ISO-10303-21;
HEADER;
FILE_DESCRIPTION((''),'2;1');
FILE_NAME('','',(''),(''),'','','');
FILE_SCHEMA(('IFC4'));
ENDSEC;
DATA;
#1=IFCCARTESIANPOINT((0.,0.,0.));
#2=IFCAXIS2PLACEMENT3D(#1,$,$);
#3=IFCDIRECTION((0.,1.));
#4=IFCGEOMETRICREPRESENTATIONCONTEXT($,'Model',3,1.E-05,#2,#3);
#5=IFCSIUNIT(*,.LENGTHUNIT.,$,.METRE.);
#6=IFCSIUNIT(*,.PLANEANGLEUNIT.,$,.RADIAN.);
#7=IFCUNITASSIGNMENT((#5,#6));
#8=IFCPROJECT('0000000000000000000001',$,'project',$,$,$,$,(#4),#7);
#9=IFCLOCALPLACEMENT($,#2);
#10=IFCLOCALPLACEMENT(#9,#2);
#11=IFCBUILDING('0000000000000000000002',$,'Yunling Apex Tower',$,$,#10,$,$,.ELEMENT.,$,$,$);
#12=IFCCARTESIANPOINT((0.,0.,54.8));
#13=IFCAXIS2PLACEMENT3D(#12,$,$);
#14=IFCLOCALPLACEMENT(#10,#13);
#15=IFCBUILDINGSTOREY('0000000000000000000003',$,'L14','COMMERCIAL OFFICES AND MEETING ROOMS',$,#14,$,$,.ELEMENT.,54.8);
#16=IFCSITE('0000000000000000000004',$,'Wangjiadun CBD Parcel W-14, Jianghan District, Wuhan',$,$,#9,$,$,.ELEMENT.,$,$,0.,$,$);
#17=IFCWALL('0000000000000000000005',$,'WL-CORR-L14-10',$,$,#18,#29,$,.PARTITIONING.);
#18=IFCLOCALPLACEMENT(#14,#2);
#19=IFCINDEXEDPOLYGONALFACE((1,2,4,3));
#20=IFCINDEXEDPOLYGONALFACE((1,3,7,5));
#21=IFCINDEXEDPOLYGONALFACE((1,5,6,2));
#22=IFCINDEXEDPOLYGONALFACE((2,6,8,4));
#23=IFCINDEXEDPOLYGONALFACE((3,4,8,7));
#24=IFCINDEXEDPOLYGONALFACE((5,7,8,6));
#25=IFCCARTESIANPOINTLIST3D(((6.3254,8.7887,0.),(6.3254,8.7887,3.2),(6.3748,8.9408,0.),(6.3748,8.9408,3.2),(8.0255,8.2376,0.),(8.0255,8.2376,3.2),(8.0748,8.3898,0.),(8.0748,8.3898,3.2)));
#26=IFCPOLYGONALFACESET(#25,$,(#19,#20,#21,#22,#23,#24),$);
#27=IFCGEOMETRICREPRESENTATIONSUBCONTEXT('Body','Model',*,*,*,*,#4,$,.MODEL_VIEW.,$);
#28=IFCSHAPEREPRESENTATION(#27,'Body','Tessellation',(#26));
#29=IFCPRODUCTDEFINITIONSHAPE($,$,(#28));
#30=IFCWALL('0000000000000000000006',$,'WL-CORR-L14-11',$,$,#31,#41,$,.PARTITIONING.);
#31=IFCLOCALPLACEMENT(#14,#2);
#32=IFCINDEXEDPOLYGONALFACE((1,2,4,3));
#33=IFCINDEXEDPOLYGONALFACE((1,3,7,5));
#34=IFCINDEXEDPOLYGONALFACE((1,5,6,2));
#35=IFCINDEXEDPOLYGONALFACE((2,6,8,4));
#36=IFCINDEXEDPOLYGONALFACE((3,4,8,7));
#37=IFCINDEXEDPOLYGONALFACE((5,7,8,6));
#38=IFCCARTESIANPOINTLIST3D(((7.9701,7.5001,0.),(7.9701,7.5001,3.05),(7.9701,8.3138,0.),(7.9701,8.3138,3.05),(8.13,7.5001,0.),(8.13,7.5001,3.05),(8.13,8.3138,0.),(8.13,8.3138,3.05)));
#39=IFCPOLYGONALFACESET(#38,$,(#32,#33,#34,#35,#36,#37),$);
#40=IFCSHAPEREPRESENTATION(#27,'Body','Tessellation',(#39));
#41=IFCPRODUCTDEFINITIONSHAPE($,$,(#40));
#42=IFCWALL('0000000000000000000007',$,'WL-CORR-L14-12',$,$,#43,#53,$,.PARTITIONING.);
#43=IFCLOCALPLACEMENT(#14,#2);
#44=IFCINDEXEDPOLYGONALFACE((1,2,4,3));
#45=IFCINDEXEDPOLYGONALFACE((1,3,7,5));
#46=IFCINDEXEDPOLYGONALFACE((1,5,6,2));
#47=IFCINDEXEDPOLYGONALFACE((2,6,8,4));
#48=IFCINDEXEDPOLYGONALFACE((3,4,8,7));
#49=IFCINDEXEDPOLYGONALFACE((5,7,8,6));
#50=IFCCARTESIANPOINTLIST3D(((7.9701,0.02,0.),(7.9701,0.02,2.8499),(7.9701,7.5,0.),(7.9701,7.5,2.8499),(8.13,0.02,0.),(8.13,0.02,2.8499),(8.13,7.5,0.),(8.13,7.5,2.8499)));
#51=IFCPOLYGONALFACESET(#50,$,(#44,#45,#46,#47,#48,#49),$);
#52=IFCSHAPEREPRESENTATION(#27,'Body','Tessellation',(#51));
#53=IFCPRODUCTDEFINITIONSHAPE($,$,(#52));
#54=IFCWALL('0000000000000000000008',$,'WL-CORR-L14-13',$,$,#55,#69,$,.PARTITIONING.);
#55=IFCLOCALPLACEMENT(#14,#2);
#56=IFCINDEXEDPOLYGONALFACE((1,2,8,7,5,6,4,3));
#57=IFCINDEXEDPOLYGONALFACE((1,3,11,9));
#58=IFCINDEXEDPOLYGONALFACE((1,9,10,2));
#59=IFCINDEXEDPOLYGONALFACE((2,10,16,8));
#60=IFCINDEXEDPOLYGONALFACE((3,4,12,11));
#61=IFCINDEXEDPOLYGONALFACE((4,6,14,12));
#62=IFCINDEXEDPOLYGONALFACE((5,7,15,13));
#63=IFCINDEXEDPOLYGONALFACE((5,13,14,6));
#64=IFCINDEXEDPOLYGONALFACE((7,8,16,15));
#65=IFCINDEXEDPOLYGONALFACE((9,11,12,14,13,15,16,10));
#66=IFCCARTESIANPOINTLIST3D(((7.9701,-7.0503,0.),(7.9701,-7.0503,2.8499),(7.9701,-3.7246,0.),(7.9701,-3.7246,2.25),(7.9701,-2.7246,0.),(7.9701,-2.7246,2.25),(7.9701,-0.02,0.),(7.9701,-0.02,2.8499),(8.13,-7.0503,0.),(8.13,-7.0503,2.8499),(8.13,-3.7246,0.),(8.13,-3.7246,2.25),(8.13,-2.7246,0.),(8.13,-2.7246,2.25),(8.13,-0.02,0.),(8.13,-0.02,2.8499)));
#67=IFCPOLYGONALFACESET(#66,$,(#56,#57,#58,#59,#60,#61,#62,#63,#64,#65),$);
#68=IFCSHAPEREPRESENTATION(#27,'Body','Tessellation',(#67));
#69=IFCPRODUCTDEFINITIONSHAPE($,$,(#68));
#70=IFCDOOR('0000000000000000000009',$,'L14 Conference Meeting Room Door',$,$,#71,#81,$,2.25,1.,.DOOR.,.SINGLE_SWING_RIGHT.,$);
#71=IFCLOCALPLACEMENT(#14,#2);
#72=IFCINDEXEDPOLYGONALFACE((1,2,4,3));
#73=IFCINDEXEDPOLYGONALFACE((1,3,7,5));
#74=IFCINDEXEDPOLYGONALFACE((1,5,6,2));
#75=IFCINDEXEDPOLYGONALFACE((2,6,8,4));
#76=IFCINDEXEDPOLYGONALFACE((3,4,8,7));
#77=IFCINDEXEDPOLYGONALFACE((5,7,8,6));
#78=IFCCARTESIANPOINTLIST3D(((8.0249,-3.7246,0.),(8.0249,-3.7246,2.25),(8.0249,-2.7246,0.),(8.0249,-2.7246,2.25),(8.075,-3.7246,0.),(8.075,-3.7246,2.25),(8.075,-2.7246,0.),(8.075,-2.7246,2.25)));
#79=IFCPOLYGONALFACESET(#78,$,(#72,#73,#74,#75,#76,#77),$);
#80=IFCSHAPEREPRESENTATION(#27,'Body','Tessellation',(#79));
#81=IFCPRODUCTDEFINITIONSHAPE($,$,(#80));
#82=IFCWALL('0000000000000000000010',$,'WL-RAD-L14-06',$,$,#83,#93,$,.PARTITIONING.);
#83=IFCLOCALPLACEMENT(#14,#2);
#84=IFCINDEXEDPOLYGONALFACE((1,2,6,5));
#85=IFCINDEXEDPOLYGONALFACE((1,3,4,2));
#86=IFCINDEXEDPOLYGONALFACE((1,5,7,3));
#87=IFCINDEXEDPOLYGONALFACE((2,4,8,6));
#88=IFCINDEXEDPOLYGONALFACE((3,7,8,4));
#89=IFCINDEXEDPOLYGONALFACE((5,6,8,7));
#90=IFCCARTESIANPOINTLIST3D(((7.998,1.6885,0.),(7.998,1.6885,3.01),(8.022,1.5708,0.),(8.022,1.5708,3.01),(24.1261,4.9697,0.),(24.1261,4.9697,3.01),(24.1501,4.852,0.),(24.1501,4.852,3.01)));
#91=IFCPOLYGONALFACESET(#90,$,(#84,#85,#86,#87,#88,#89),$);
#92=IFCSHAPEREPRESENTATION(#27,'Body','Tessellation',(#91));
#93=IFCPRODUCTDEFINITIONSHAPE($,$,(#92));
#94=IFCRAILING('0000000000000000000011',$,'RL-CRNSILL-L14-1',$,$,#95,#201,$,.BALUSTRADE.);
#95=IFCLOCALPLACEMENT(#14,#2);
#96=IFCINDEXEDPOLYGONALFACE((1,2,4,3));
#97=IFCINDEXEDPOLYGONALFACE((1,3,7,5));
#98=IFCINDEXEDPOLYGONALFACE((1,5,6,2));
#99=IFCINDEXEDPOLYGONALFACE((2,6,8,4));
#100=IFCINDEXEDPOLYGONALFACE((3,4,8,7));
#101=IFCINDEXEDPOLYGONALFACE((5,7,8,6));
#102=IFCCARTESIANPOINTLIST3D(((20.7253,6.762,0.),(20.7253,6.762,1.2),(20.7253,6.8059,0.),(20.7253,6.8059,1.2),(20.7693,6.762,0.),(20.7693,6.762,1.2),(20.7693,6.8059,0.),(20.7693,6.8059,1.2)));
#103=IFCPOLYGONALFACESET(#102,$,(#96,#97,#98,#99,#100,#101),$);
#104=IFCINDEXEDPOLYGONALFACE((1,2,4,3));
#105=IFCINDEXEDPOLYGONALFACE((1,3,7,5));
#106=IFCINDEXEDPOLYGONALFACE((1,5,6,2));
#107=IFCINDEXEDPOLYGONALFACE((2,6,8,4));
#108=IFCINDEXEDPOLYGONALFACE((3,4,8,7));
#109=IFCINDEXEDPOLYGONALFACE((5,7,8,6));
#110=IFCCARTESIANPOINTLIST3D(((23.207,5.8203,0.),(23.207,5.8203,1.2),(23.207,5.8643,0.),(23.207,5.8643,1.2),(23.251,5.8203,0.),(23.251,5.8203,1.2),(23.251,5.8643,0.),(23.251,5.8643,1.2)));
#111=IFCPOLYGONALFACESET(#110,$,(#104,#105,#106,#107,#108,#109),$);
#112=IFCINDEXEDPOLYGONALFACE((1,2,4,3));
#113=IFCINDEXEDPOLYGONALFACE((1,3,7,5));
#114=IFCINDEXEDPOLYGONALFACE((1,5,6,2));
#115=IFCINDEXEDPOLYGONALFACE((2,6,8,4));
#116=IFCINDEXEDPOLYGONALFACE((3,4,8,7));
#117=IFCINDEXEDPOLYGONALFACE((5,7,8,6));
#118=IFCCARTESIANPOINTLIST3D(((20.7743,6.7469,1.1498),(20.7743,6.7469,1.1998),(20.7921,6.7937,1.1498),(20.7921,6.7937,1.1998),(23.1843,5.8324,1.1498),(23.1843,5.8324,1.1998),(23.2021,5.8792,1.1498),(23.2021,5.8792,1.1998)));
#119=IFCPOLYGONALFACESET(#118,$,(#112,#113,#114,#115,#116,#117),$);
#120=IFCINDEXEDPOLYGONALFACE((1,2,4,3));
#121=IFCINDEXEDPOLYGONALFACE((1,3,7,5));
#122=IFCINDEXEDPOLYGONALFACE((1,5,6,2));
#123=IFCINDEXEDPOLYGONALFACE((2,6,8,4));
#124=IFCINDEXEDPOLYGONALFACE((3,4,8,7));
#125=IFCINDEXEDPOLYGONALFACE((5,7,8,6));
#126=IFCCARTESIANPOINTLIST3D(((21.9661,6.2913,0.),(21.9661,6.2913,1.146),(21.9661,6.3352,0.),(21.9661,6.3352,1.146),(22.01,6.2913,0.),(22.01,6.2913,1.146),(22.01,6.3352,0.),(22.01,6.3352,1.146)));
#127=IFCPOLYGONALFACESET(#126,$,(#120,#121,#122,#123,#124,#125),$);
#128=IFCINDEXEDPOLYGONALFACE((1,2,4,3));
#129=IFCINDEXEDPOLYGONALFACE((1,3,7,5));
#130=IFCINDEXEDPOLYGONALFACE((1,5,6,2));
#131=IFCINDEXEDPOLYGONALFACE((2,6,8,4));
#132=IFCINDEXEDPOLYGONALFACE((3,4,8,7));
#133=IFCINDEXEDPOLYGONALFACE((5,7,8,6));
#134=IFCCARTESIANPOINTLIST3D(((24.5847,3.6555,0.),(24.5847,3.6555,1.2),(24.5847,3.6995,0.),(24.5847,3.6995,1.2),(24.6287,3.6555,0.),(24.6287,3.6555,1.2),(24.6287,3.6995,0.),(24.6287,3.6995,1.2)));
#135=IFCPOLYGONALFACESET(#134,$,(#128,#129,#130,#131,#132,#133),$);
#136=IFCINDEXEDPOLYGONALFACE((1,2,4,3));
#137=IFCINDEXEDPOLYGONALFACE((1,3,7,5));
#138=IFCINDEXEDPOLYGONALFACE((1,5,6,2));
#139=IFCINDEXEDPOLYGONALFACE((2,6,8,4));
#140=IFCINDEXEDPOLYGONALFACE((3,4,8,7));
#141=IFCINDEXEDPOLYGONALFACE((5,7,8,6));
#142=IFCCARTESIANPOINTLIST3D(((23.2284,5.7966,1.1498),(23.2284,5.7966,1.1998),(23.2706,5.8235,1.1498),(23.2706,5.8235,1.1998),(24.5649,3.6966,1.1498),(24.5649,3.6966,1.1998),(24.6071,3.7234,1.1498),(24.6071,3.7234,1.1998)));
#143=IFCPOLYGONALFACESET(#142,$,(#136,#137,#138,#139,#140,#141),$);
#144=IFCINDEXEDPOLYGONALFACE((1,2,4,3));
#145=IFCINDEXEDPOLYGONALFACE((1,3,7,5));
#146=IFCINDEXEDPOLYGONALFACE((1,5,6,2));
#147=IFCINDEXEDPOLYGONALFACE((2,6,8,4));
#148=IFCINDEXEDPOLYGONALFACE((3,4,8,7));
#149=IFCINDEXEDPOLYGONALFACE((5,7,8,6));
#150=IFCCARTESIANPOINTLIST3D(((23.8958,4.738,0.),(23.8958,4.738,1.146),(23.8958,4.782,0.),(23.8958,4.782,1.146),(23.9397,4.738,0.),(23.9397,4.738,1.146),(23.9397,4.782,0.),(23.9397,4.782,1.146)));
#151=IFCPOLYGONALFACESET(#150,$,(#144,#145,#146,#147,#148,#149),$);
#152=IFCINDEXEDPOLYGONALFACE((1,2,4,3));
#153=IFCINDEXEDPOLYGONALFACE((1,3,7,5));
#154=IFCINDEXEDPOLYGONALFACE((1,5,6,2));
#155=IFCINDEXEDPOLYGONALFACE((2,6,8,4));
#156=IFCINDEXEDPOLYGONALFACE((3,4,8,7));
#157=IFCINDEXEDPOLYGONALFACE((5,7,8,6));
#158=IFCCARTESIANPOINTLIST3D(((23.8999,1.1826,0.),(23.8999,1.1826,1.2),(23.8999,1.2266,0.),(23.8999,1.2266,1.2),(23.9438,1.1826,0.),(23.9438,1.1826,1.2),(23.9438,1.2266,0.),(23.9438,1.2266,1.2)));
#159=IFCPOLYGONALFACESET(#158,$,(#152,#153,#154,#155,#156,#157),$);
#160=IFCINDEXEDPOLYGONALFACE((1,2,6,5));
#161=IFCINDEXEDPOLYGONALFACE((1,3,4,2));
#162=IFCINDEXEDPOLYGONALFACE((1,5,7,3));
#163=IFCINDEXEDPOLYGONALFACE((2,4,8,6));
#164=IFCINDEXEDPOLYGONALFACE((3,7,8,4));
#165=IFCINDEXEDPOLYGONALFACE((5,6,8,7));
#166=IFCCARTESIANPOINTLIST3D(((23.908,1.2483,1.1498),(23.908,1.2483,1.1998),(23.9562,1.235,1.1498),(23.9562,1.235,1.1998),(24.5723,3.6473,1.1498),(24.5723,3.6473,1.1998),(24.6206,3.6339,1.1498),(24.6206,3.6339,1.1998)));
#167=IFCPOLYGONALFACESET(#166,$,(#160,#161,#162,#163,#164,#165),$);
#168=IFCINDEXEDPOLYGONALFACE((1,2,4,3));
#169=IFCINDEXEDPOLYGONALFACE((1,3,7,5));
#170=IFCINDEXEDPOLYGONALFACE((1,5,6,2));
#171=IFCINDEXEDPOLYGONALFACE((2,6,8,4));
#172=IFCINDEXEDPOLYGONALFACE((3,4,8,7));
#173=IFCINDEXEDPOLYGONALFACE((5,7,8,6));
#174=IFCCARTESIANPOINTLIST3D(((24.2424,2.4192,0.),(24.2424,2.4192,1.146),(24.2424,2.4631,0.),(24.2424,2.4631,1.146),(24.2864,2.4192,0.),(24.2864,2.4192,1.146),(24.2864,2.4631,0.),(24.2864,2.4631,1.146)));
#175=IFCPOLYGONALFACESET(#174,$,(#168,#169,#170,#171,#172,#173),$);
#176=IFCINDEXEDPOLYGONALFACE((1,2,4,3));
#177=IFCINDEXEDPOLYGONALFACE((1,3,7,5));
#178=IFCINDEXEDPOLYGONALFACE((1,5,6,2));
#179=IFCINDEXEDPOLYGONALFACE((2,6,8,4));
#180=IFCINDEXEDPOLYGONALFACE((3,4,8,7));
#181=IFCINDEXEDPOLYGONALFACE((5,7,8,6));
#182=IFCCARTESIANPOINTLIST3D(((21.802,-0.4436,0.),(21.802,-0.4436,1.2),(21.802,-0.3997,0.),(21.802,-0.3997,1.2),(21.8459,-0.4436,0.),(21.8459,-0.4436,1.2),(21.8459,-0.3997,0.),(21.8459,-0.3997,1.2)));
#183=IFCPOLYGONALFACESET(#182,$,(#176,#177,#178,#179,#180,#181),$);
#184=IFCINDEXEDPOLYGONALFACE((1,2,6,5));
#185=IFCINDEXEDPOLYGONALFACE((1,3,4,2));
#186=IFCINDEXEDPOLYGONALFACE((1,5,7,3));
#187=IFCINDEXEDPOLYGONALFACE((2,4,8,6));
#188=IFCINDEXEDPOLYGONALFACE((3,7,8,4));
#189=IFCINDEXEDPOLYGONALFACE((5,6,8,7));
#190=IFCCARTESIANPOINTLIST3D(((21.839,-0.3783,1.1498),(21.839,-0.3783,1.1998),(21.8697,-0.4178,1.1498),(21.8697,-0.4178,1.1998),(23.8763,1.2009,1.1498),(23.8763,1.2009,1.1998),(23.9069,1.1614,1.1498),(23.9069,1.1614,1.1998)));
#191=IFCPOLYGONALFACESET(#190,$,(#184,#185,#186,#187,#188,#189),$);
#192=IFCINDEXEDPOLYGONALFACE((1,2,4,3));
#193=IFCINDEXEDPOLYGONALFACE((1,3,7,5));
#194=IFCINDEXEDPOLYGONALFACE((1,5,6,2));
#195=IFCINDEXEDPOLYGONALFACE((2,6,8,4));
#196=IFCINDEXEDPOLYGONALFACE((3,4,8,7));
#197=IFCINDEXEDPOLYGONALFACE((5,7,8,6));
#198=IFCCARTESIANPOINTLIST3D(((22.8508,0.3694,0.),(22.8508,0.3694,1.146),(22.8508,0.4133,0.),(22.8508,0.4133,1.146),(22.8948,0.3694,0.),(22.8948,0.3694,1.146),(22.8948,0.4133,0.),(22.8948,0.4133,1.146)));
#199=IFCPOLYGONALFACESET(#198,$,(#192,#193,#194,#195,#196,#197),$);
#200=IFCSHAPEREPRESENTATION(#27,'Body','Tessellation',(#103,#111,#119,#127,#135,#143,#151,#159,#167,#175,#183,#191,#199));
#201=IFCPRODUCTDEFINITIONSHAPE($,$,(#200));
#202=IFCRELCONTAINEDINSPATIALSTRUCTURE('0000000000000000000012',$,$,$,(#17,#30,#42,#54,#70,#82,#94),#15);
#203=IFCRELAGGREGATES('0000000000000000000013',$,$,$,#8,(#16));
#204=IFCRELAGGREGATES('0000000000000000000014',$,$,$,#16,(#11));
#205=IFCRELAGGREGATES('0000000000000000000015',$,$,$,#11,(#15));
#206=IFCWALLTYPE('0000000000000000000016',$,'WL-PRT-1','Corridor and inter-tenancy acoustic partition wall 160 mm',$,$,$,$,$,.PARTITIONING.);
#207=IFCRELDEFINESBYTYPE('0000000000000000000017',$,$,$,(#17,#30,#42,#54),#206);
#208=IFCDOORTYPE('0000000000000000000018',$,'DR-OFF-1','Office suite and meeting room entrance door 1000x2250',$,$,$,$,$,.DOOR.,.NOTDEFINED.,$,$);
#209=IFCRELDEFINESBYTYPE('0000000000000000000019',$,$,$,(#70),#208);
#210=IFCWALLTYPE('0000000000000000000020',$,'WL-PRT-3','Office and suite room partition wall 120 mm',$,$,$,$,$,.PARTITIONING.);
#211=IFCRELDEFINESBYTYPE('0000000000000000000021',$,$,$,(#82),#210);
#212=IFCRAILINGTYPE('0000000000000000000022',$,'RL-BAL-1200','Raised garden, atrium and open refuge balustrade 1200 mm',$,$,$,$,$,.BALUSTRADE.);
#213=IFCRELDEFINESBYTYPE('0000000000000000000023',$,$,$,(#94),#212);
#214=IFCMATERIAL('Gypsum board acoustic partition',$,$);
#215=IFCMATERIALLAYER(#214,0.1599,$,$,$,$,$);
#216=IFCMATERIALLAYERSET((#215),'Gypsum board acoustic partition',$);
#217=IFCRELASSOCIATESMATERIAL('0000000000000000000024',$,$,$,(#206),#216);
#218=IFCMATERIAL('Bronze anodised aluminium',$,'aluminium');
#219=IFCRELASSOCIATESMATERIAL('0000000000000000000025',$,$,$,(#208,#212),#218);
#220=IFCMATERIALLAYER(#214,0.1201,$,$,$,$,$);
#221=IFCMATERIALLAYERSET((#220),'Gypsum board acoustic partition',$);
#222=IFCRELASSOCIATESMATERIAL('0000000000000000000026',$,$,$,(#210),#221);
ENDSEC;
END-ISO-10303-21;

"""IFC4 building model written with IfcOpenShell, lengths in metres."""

from ifc_helpers import new_model, si_unit, direction, frame, frame_2d, origin, origin_2d, place, context, subcontext, project, spatial, rectangle, extrude, material, layer, layer_set, type_object, element, fill, save


model = new_model("IFC4")

# Units and contexts
model_context = context("Model", 3, precision=1e-05, world=origin(), true_north=direction((0.0, 1.0)))
body_context = subcontext(model_context, "Body", "Model", "MODEL_VIEW")
ifc_project = project(units=[si_unit("LENGTHUNIT", "METRE"), si_unit("PLANEANGLEUNIT", "RADIAN")], contexts=[model_context])

# Site, building, storey
site_placement = place(None, origin())
site = spatial("IfcSite", under=ifc_project, at=site_placement, Name="Wangjiadun CBD Parcel W-14, Jianghan District, Wuhan", CompositionType="ELEMENT", RefElevation=0.0)
building_placement = place(site_placement, origin())
building = spatial("IfcBuilding", under=site, at=building_placement, Name="Yunling Apex Tower", CompositionType="ELEMENT")
storey_placement = place(building_placement, frame((0.0, 0.0, 54.8)))
storey = spatial("IfcBuildingStorey", under=building, at=storey_placement, Name="L14", Description="COMMERCIAL OFFICES AND MEETING ROOMS", CompositionType="ELEMENT", Elevation=54.8)

# Shared definitions
ifc_material_1 = material(Name="Bronze anodised aluminium", Category="aluminium")

# Walls
ifc_material_2 = material(Name="Gypsum board acoustic partition")
ifc_layer_1 = layer(ifc_material_2, 0.1599)
ifc_layer_set_1 = layer_set([ifc_layer_1], Name="Gypsum board acoustic partition")
wall_type_1 = type_object("IfcWallType", Name="WL-PRT-1", Description="Corridor and inter-tenancy acoustic partition wall 160 mm", PredefinedType="PARTITIONING", material=ifc_layer_set_1)
wall_1_placement = place(storey_placement, frame((6.3501, 8.8647, 0.0), z_axis=(0.0, 0.0, 1.0), x_axis=(0.951274, -0.308348, 0.0)))
element("IfcWall", 1, at=wall_1_placement, inside=storey, type_object=wall_type_1, Name="WL-CORR-L14-10", PredefinedType="PARTITIONING", context=body_context, shape_type="SweptSolid", body=[
    extrude(rectangle(XDim=1.7871, YDim=0.1599, at=frame_2d((0.8936, 0.0))), origin(), (0.0, 0.0, 1.0), 3.2),
])
wall_2_placement = place(storey_placement, frame((8.05, 8.3137, 0.0), z_axis=(0.0, 0.0, 1.0), x_axis=(0.0, -1.0, 0.0)))
element("IfcWall", 2, at=wall_2_placement, inside=storey, type_object=wall_type_1, Name="WL-CORR-L14-11", PredefinedType="PARTITIONING", context=body_context, shape_type="SweptSolid", body=[
    extrude(rectangle(XDim=0.8137, YDim=0.1599, at=frame_2d((0.4067, 0.0))), origin(), (0.0, 0.0, 1.0), 3.05),
])
wall_3_placement = place(storey_placement, frame((8.05, 7.5, 0.0), z_axis=(0.0, 0.0, 1.0), x_axis=(0.0, -1.0, 0.0)))
element("IfcWall", 3, at=wall_3_placement, inside=storey, type_object=wall_type_1, Name="WL-CORR-L14-12", PredefinedType="PARTITIONING", context=body_context, shape_type="SweptSolid", body=[
    extrude(rectangle(XDim=7.48, YDim=0.1599, at=frame_2d((3.74, 0.0))), origin(), (0.0, 0.0, 1.0), 2.8499),
])

# Wall, opening, door
wall_4_placement = place(storey_placement, frame((8.05, -0.02, 0.0), z_axis=(0.0, 0.0, 1.0), x_axis=(0.0, -1.0, 0.0)))
wall_4 = element("IfcWall", 4, at=wall_4_placement, inside=storey, type_object=wall_type_1, Name="WL-CORR-L14-13", PredefinedType="PARTITIONING", context=body_context, shape_type="SweptSolid", body=[
    extrude(rectangle(XDim=7.0303, YDim=0.1599, at=frame_2d((3.5151, 0.0))), origin(), (0.0, 0.0, 1.0), 2.8499),
])
opening_placement = place(wall_4_placement, frame((2.7046, 0.0, 0.0)))
opening = element("IfcOpeningElement", 5, at=opening_placement, cuts=wall_4, PredefinedType="OPENING", context=body_context, shape_type="SweptSolid", body=[
    extrude(rectangle(XDim=1.0, YDim=2.25, at=frame_2d((0.5, 1.125))), frame((0.0, 0.0898, 0.0), z_axis=(0.0, -1.0, 0.0), x_axis=(1.0, 0.0, 0.0)), (0.0, 0.0, 1.0), 0.1799),
])
door_type = type_object("IfcDoorType", Name="DR-OFF-1", Description="Office suite and meeting room entrance door 1000x2250", OperationType="NOTDEFINED", PredefinedType="DOOR", material=ifc_material_1)
door_placement = place(opening_placement, origin())
door = element("IfcDoor", 6, at=door_placement, inside=storey, type_object=door_type, Name="L14 Conference Meeting Room Door", OperationType="SINGLE_SWING_RIGHT", OverallHeight=2.25, OverallWidth=1.0, PredefinedType="DOOR", context=body_context, shape_type="SweptSolid", body=[
    extrude(rectangle(XDim=1.0, YDim=2.25, at=frame_2d((0.5, 1.125))), frame((0.0, 0.0249, 0.0), z_axis=(0.0, -1.0, 0.0), x_axis=(1.0, 0.0, 0.0)), (0.0, 0.0, 1.0), 0.05),
])
fill(opening, door)

# Wall
ifc_layer_2 = layer(ifc_material_2, 0.1201)
ifc_layer_set_2 = layer_set([ifc_layer_2], Name="Gypsum board acoustic partition")
wall_type_2 = type_object("IfcWallType", Name="WL-PRT-3", Description="Office and suite room partition wall 120 mm", PredefinedType="PARTITIONING", material=ifc_layer_set_2)
wall_5_placement = place(storey_placement, frame((8.01, 1.6296, 0.0), z_axis=(0.0, 0.0, 1.0), x_axis=(0.979925, 0.199364, 0.0)))
element("IfcWall", 7, at=wall_5_placement, inside=storey, type_object=wall_type_2, Name="WL-RAD-L14-06", PredefinedType="PARTITIONING", context=body_context, shape_type="SweptSolid", body=[
    extrude(rectangle(XDim=16.4585, YDim=0.1201, at=frame_2d((8.2292, 0.0))), origin(), (0.0, 0.0, 1.0), 3.01),
])

# Railing
railing_type = type_object("IfcRailingType", Name="RL-BAL-1200", Description="Raised garden, atrium and open refuge balustrade 1200 mm", PredefinedType="BALUSTRADE", material=ifc_material_1)
railing_placement = place(storey_placement, frame((20.7473, 6.7839, 0.0)))
element("IfcRailing", 8, at=railing_placement, inside=storey, type_object=railing_type, Name="RL-CRNSILL-L14-1", PredefinedType="BALUSTRADE", context=body_context, shape_type="SweptSolid", body=[
    extrude(rectangle(XDim=0.0439, YDim=0.0439, at=origin_2d()), origin(), (0.0, 0.0, 1.0), 1.2),
    extrude(rectangle(XDim=0.0439, YDim=0.0439, at=origin_2d()), frame((2.4817, -0.9417, 0.0)), (0.0, 0.0, 1.0), 1.2),
    extrude(rectangle(XDim=0.05, YDim=0.05, at=origin_2d()), frame((0.0359, -0.0137, 1.1748), z_axis=(0.934958, -0.35476, 0.0), x_axis=(0.35476, 0.934958, 0.0)), (0.0, 0.0, 1.0), 2.5776),
    extrude(rectangle(XDim=0.0439, YDim=0.0439, at=origin_2d()), frame((1.2407, -0.4707, 0.0)), (0.0, 0.0, 1.0), 1.146),
    extrude(rectangle(XDim=0.0439, YDim=0.0439, at=origin_2d()), frame((3.8594, -3.1064, 0.0)), (0.0, 0.0, 1.0), 1.2),
    extrude(rectangle(XDim=0.05, YDim=0.05, at=origin_2d()), frame((2.5022, -0.9739, 1.1748), z_axis=(0.5369, -0.843646, 0.0), x_axis=(0.843646, 0.5369, 0.0)), (0.0, 0.0, 1.0), 2.4893),
    extrude(rectangle(XDim=0.0439, YDim=0.0439, at=origin_2d()), frame((3.1704, -2.0239, 0.0)), (0.0, 0.0, 1.0), 1.146),
    extrude(rectangle(XDim=0.0439, YDim=0.0439, at=origin_2d()), frame((3.1746, -5.5793, 0.0)), (0.0, 0.0, 1.0), 1.2),
    extrude(rectangle(XDim=0.05, YDim=0.05, at=origin_2d()), frame((3.8491, -3.1433, 1.1748), z_axis=(-0.266883, -0.963729, 0.0), x_axis=(0.963729, -0.266883, 0.0)), (0.0, 0.0, 1.0), 2.4893),
    extrude(rectangle(XDim=0.0439, YDim=0.0439, at=origin_2d()), frame((3.5171, -4.3428, 0.0)), (0.0, 0.0, 1.0), 1.146),
    extrude(rectangle(XDim=0.0439, YDim=0.0439, at=origin_2d()), frame((1.0767, -7.2056, 0.0)), (0.0, 0.0, 1.0), 1.2),
    extrude(rectangle(XDim=0.05, YDim=0.05, at=origin_2d()), frame((3.1443, -5.6028, 1.1748), z_axis=(-0.790352, -0.612654, 0.0), x_axis=(0.612654, -0.790352, 0.0)), (0.0, 0.0, 1.0), 2.5776),
    extrude(rectangle(XDim=0.0439, YDim=0.0439, at=origin_2d()), frame((2.1255, -6.3926, 0.0)), (0.0, 0.0, 1.0), 1.146),
])

save(model, "model.ifc")
